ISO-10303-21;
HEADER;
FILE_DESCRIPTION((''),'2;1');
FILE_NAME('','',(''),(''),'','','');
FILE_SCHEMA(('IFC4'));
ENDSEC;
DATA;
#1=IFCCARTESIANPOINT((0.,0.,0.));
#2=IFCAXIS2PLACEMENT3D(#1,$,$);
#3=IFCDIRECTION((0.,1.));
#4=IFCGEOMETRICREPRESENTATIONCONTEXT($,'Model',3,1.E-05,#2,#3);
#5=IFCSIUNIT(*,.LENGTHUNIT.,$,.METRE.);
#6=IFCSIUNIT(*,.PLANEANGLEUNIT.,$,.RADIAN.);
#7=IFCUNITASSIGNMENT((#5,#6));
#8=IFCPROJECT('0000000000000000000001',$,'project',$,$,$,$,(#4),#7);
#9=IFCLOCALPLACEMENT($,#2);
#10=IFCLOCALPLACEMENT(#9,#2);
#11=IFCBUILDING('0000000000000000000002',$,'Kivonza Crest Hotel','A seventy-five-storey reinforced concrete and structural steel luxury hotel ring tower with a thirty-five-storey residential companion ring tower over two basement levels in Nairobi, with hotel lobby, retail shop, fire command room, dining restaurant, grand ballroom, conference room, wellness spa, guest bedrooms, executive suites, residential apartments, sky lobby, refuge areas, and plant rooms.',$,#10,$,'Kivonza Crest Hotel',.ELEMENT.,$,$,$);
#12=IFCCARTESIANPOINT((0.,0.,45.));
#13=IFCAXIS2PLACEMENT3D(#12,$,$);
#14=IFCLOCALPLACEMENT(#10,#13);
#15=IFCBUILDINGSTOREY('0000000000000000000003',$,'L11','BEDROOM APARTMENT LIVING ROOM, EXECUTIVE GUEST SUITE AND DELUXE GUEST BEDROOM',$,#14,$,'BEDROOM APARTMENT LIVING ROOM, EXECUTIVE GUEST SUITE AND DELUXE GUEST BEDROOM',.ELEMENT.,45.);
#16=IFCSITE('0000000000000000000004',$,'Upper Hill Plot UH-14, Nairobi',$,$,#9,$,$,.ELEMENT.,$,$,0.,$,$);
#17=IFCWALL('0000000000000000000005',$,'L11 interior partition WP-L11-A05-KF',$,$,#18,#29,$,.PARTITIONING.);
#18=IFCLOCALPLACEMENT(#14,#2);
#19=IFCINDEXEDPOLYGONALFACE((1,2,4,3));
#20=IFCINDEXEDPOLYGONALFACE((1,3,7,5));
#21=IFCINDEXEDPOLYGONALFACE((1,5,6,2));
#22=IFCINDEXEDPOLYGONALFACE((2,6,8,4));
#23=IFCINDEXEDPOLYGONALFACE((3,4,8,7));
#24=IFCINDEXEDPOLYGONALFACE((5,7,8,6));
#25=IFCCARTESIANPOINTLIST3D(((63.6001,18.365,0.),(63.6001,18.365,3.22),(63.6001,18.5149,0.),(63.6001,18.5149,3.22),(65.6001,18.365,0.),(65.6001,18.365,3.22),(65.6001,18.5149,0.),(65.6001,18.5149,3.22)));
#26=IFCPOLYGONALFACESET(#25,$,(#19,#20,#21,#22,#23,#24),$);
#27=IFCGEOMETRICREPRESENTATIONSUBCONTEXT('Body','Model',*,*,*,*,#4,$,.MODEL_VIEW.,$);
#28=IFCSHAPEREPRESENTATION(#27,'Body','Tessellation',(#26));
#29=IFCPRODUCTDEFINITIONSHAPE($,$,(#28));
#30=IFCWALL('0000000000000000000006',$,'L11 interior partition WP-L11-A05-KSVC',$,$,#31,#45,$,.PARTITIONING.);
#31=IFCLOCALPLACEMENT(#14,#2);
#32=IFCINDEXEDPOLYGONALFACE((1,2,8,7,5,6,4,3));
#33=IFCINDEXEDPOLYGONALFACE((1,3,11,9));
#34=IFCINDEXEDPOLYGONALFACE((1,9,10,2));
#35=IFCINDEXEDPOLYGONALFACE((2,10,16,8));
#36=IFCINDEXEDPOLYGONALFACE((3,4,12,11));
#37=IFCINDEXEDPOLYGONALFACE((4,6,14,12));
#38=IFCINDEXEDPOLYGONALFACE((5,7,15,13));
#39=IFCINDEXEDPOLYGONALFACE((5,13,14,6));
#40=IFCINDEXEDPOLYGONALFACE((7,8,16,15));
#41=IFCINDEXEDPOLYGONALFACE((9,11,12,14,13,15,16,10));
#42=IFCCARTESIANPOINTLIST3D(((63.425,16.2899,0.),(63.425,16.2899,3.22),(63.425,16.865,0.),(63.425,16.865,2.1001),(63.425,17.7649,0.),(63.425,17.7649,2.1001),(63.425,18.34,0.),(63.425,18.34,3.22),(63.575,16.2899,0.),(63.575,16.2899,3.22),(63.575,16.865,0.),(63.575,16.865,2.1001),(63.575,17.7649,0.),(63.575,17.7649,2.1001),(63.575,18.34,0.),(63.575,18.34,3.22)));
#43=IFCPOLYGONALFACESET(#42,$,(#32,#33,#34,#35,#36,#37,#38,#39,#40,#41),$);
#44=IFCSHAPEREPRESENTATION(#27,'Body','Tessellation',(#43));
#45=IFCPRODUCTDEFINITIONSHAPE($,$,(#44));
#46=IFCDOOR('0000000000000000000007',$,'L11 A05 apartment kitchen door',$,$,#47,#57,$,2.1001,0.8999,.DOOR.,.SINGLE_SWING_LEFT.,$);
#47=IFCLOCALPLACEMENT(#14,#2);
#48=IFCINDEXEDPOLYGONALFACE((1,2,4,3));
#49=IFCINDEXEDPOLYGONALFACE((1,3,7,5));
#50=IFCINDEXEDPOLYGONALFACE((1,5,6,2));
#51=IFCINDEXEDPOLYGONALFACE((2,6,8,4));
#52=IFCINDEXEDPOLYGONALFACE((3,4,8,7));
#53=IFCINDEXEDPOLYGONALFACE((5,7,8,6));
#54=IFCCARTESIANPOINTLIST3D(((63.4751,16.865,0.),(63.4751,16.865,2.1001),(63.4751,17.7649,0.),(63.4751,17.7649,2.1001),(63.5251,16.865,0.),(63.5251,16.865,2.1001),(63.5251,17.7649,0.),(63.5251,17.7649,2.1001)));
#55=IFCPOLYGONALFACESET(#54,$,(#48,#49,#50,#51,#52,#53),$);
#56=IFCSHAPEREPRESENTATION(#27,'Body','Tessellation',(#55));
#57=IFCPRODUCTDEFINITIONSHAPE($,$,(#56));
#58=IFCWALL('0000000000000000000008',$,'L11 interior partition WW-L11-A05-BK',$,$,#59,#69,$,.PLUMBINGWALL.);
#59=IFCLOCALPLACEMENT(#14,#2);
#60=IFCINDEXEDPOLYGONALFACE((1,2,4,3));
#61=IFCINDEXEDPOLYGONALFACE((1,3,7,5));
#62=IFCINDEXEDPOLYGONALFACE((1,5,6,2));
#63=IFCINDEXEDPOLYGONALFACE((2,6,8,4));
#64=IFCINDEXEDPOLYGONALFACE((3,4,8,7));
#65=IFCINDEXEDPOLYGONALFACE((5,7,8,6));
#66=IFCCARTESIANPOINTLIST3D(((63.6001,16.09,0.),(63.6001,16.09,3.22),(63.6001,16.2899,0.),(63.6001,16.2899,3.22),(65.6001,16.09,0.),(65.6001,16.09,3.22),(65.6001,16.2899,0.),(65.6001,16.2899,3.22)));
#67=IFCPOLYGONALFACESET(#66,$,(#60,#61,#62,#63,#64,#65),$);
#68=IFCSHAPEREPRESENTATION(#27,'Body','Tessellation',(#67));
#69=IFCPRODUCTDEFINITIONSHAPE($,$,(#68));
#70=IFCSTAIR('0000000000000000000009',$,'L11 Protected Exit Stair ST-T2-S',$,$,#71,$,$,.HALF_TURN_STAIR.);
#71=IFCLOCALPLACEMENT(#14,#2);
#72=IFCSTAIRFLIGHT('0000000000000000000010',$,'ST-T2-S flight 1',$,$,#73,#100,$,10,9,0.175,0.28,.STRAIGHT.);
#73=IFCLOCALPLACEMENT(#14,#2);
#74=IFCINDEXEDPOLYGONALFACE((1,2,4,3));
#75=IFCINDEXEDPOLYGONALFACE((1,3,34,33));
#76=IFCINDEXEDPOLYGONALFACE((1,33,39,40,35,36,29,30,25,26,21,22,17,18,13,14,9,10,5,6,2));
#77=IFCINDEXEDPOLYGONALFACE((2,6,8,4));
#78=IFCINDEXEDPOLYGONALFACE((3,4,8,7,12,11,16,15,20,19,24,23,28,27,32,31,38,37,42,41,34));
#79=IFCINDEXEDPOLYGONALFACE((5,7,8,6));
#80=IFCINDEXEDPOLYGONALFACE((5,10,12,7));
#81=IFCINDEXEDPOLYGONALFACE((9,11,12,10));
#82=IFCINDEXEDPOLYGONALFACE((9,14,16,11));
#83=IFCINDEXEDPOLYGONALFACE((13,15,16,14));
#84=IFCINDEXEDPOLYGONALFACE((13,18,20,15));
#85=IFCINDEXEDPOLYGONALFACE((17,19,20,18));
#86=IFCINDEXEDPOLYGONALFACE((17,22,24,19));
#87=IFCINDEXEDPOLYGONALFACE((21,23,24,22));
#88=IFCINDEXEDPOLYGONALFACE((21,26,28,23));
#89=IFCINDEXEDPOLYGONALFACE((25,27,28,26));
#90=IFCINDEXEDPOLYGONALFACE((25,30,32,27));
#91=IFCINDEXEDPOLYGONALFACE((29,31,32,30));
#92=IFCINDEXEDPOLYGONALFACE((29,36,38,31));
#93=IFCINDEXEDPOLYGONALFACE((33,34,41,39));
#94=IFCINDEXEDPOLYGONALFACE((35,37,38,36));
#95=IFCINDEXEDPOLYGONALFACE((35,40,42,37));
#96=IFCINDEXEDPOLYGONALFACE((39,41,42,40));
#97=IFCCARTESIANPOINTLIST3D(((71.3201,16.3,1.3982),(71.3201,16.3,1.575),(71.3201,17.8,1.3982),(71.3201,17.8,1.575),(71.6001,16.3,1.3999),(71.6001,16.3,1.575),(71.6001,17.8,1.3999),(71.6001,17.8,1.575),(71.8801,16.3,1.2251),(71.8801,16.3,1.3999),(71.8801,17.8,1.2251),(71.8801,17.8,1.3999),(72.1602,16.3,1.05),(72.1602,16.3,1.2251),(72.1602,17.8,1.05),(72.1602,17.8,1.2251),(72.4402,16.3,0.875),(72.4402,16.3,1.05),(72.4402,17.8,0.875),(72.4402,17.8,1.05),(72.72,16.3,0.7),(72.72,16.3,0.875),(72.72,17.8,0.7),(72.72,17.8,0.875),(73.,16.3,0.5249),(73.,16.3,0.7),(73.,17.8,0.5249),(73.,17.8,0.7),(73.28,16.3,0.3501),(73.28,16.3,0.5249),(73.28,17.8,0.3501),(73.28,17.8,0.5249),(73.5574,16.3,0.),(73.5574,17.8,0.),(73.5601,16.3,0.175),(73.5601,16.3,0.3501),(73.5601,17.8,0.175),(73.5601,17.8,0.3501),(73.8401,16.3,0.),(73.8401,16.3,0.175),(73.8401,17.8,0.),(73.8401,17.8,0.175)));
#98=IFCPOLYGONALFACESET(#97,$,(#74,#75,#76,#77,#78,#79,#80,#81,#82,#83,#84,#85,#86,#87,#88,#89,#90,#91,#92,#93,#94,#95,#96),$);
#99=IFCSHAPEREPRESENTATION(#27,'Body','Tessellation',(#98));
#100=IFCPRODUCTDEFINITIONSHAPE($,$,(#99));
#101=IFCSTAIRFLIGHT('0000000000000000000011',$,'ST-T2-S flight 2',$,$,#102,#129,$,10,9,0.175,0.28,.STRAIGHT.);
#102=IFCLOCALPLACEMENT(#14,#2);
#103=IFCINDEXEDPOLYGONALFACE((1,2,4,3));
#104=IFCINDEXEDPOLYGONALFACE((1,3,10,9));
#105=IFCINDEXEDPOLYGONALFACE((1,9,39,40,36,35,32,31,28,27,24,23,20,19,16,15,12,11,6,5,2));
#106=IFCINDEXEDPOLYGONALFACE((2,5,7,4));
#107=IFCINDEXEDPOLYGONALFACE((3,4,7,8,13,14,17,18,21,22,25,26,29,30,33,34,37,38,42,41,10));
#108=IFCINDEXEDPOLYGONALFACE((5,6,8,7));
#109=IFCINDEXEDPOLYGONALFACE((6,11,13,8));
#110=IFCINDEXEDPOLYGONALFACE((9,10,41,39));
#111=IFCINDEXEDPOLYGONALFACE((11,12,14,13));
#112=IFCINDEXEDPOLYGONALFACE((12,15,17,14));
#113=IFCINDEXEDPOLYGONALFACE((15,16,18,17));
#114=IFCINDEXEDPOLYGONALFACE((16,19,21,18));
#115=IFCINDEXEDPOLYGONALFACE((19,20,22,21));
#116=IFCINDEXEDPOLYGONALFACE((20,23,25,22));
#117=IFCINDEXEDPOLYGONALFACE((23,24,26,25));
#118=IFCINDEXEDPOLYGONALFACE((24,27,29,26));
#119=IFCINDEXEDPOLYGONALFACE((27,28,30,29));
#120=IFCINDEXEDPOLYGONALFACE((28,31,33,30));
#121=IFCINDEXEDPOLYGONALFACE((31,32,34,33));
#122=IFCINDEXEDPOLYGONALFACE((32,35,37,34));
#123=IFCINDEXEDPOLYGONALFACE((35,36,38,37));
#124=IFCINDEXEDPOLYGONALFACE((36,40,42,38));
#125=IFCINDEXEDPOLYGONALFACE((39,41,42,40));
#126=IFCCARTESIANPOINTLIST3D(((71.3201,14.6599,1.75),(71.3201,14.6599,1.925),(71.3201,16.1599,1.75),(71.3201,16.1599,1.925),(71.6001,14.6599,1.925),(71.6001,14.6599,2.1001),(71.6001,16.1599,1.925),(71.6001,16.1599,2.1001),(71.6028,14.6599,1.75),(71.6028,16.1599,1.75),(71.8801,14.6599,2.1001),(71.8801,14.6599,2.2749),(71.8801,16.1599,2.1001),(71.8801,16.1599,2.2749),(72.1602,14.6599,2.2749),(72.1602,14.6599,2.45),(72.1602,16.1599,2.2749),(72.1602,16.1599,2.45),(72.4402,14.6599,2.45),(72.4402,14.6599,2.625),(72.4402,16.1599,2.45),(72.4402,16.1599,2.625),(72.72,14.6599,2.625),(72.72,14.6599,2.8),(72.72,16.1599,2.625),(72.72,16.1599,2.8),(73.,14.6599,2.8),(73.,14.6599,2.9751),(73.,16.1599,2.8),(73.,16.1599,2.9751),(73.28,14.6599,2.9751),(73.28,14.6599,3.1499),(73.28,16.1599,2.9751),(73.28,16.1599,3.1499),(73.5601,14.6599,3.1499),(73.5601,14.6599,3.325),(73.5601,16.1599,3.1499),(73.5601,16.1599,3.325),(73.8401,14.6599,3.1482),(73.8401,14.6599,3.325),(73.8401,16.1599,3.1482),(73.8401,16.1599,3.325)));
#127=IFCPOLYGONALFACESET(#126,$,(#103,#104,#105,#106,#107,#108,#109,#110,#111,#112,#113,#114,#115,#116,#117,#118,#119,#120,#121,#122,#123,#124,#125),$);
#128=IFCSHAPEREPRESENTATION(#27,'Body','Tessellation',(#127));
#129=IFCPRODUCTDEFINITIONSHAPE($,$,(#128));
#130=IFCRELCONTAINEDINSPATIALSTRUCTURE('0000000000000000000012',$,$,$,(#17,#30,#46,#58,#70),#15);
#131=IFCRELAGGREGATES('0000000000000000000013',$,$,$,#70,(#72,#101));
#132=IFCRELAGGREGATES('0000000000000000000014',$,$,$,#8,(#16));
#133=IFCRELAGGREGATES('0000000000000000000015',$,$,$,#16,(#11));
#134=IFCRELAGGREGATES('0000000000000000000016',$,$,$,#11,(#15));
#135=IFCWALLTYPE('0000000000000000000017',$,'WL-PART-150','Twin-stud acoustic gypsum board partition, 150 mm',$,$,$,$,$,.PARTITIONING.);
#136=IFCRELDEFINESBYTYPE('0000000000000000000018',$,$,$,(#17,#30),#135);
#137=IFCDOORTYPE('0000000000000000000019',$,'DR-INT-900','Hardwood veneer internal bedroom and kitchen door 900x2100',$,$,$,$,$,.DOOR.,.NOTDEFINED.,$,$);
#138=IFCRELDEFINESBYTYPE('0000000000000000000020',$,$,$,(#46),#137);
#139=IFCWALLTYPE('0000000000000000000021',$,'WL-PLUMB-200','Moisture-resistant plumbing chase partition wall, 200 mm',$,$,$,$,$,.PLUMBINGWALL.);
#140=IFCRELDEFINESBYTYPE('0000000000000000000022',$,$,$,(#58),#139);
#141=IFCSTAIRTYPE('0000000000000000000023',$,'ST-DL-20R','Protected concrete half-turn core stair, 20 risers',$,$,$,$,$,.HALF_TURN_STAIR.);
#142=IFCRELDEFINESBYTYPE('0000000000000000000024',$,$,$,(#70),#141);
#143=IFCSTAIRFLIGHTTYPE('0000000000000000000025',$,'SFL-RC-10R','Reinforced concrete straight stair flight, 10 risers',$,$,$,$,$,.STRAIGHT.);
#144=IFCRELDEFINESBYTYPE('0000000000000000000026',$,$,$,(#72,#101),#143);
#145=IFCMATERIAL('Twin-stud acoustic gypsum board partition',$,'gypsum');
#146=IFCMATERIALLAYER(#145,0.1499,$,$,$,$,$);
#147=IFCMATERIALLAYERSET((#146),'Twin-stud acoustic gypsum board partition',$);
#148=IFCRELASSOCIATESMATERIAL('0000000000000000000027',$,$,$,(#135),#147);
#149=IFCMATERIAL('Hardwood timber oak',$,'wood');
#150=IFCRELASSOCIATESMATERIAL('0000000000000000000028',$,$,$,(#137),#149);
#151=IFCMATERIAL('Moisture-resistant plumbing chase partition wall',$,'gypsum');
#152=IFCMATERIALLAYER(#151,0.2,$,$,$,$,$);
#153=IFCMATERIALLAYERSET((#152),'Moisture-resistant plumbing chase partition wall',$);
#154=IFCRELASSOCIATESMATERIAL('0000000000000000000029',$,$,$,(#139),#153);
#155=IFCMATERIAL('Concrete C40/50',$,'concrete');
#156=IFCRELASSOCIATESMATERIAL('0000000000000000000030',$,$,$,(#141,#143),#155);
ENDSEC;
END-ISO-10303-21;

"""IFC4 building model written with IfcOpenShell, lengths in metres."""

from ifc_helpers import new_model, si_unit, direction, frame, frame_2d, origin, place, context, subcontext, project, spatial, polyline, rectangle, outline, extrude, material, layer, layer_set, type_object, element, fill, aggregate, save


model = new_model("IFC4")

# Units and contexts
model_context = context("Model", 3, precision=1e-05, world=origin(), true_north=direction((0.0, 1.0)))
body_context = subcontext(model_context, "Body", "Model", "MODEL_VIEW")
ifc_project = project(units=[si_unit("LENGTHUNIT", "METRE"), si_unit("PLANEANGLEUNIT", "RADIAN")], contexts=[model_context])

# Site, building, storey
site_placement = place(None, origin())
site = spatial("IfcSite", under=ifc_project, at=site_placement, Name="Upper Hill Plot UH-14, Nairobi", CompositionType="ELEMENT", RefElevation=0.0)
building_placement = place(site_placement, origin())
building = spatial("IfcBuilding", under=site, at=building_placement, Name="Kivonza Crest Hotel", Description="A seventy-five-storey reinforced concrete and structural steel luxury hotel ring tower with a thirty-five-storey residential companion ring tower over two basement levels in Nairobi, with hotel lobby, retail shop, fire command room, dining restaurant, grand ballroom, conference room, wellness spa, guest bedrooms, executive suites, residential apartments, sky lobby, refuge areas, and plant rooms.", LongName="Kivonza Crest Hotel", CompositionType="ELEMENT")
storey_placement = place(building_placement, frame((0.0, 0.0, 45.0)))
storey = spatial("IfcBuildingStorey", under=building, at=storey_placement, Name="L11", Description="BEDROOM APARTMENT LIVING ROOM, EXECUTIVE GUEST SUITE AND DELUXE GUEST BEDROOM", LongName="BEDROOM APARTMENT LIVING ROOM, EXECUTIVE GUEST SUITE AND DELUXE GUEST BEDROOM", CompositionType="ELEMENT", Elevation=45.0)

# Shared definitions
ifc_material_1 = material(Name="Hardwood timber oak", Category="wood")

# Wall
ifc_material_2 = material(Name="Twin-stud acoustic gypsum board partition", Category="gypsum")
ifc_layer_1 = layer(ifc_material_2, 0.1499)
ifc_layer_set_1 = layer_set([ifc_layer_1], Name="Twin-stud acoustic gypsum board partition")
wall_type_1 = type_object("IfcWallType", Name="WL-PART-150", Description="Twin-stud acoustic gypsum board partition, 150 mm", PredefinedType="PARTITIONING", material=ifc_layer_set_1)
wall_1_placement = place(storey_placement, frame((63.6001, 18.4399, 0.0), z_axis=(0.0, 0.0, 1.0), x_axis=(1.0, 0.0, 0.0)))
element("IfcWall", 1, at=wall_1_placement, inside=storey, type_object=wall_type_1, Name="L11 interior partition WP-L11-A05-KF", PredefinedType="PARTITIONING", context=body_context, shape_type="SweptSolid", body=[
    extrude(rectangle(XDim=2.0, YDim=0.1499, at=frame_2d((1.0, 0.0))), origin(), (0.0, 0.0, 1.0), 3.22),
])

# Wall, opening, door
wall_2_placement = place(storey_placement, frame((63.5, 16.29, 0.0), z_axis=(0.0, 0.0, 1.0), x_axis=(0.0, 1.0, 0.0)))
wall_2 = element("IfcWall", 2, at=wall_2_placement, inside=storey, type_object=wall_type_1, Name="L11 interior partition WP-L11-A05-KSVC", PredefinedType="PARTITIONING", context=body_context, shape_type="SweptSolid", body=[
    extrude(rectangle(XDim=2.05, YDim=0.1499, at=frame_2d((1.0249, 0.0))), origin(), (0.0, 0.0, 1.0), 3.22),
])
opening_1_placement = place(wall_2_placement, frame((0.575, 0.0, 0.0)))
opening_1 = element("IfcOpeningElement", 3, at=opening_1_placement, cuts=wall_2, PredefinedType="OPENING", context=body_context, shape_type="SweptSolid", body=[
    extrude(rectangle(XDim=0.8999, YDim=2.1001, at=frame_2d((0.45, 1.05))), frame((0.0, 0.085, 0.0), z_axis=(0.0, -1.0, 0.0), x_axis=(1.0, 0.0, 0.0)), (0.0, 0.0, 1.0), 0.1699),
])
door_type_1 = type_object("IfcDoorType", Name="DR-INT-900", Description="Hardwood veneer internal bedroom and kitchen door 900x2100", OperationType="NOTDEFINED", PredefinedType="DOOR", material=ifc_material_1)
door_1_placement = place(opening_1_placement, origin())
door_1 = element("IfcDoor", 4, at=door_1_placement, inside=storey, type_object=door_type_1, Name="L11 A05 apartment kitchen door", OperationType="SINGLE_SWING_LEFT", OverallHeight=2.1001, OverallWidth=0.8999, PredefinedType="DOOR", context=body_context, shape_type="SweptSolid", body=[
    extrude(rectangle(XDim=0.8999, YDim=2.1001, at=frame_2d((0.45, 1.05))), frame((0.0, 0.0249, 0.0), z_axis=(0.0, -1.0, 0.0), x_axis=(1.0, 0.0, 0.0)), (0.0, 0.0, 1.0), 0.05),
])
fill(opening_1, door_1)

# Wall
ifc_material_3 = material(Name="Moisture-resistant plumbing chase partition wall", Category="gypsum")
ifc_layer_2 = layer(ifc_material_3, 0.2)
ifc_layer_set_2 = layer_set([ifc_layer_2], Name="Moisture-resistant plumbing chase partition wall")
wall_type_2 = type_object("IfcWallType", Name="WL-PLUMB-200", Description="Moisture-resistant plumbing chase partition wall, 200 mm", PredefinedType="PLUMBINGWALL", material=ifc_layer_set_2)
wall_3_placement = place(storey_placement, frame((63.6001, 16.1899, 0.0), z_axis=(0.0, 0.0, 1.0), x_axis=(1.0, 0.0, 0.0)))
element("IfcWall", 5, at=wall_3_placement, inside=storey, type_object=wall_type_2, Name="L11 interior partition WW-L11-A05-BK", PredefinedType="PLUMBINGWALL", context=body_context, shape_type="SweptSolid", body=[
    extrude(rectangle(XDim=2.0, YDim=0.2, at=frame_2d((1.0, 0.0))), origin(), (0.0, 0.0, 1.0), 3.22),
])

# Stair, stair flights
ifc_material_4 = material(Name="Concrete C40/50", Category="concrete")
stair_type = type_object("IfcStairType", Name="ST-DL-20R", Description="Protected concrete half-turn core stair, 20 risers", PredefinedType="HALF_TURN_STAIR", material=ifc_material_4)
stair_placement = place(storey_placement, origin())
stair = element("IfcStair", 6, at=stair_placement, inside=storey, type_object=stair_type, Name="L11 Protected Exit Stair ST-T2-S", PredefinedType="HALF_TURN_STAIR")
stair_flight_type = type_object("IfcStairFlightType", Name="SFL-RC-10R", Description="Reinforced concrete straight stair flight, 10 risers", PredefinedType="STRAIGHT", material=ifc_material_4)
stair_flight_1_placement = place(storey_placement, frame((73.8401, 17.05, 0.0), z_axis=(0.0, 0.0, 1.0), x_axis=(-1.0, 0.0, 0.0)))
stair_flight_1 = element("IfcStairFlight", 7, at=stair_flight_1_placement, type_object=stair_flight_type, Name="ST-T2-S flight 1", NumberOfRisers=10, NumberOfTreads=9, PredefinedType="STRAIGHT", RiserHeight=0.175, TreadLength=0.28, context=body_context, shape_type="SweptSolid", body=[
    extrude(outline(polyline([(0.0, 0.0), (0.0, 0.175), (0.28, 0.175), (0.28, 0.3501), (0.5601, 0.3501), (0.5601, 0.5249), (0.8401, 0.5249), (0.8401, 0.7), (1.1201, 0.7), (1.1201, 0.875), (1.3999, 0.875), (1.3999, 1.05), (1.6799, 1.05), (1.6799, 1.2251), (1.96, 1.2251), (1.96, 1.3999), (2.24, 1.3999), (2.24, 1.575), (2.52, 1.575), (2.52, 1.75), (2.52, 1.3982), (0.2827, 0.0), (0.0, 0.0)])), frame((0.0, 0.75, 0.0), z_axis=(0.0, -1.0, 0.0), x_axis=(1.0, 0.0, 0.0)), (0.0, 0.0, 1.0), 1.5),
])
stair_flight_2_placement = place(storey_placement, frame((71.3201, 15.4099, 1.75), z_axis=(0.0, 0.0, 1.0), x_axis=(1.0, 0.0, 0.0)))
stair_flight_2 = element("IfcStairFlight", 8, at=stair_flight_2_placement, type_object=stair_flight_type, Name="ST-T2-S flight 2", NumberOfRisers=10, NumberOfTreads=9, PredefinedType="STRAIGHT", RiserHeight=0.175, TreadLength=0.28, context=body_context, shape_type="SweptSolid", body=[
    extrude(outline(polyline([(0.0, 0.0), (0.0, 0.175), (0.28, 0.175), (0.28, 0.3501), (0.5601, 0.3501), (0.5601, 0.5249), (0.8401, 0.5249), (0.8401, 0.7), (1.1201, 0.7), (1.1201, 0.875), (1.3999, 0.875), (1.3999, 1.05), (1.6799, 1.05), (1.6799, 1.2251), (1.96, 1.2251), (1.96, 1.3999), (2.24, 1.3999), (2.24, 1.575), (2.52, 1.575), (2.52, 1.75), (2.52, 1.3982), (0.2827, 0.0), (0.0, 0.0)])), frame((0.0, 0.75, 0.0), z_axis=(0.0, -1.0, 0.0), x_axis=(1.0, 0.0, 0.0)), (0.0, 0.0, 1.0), 1.5),
])
aggregate(stair, [stair_flight_1, stair_flight_2])

save(model, "model.ifc")
